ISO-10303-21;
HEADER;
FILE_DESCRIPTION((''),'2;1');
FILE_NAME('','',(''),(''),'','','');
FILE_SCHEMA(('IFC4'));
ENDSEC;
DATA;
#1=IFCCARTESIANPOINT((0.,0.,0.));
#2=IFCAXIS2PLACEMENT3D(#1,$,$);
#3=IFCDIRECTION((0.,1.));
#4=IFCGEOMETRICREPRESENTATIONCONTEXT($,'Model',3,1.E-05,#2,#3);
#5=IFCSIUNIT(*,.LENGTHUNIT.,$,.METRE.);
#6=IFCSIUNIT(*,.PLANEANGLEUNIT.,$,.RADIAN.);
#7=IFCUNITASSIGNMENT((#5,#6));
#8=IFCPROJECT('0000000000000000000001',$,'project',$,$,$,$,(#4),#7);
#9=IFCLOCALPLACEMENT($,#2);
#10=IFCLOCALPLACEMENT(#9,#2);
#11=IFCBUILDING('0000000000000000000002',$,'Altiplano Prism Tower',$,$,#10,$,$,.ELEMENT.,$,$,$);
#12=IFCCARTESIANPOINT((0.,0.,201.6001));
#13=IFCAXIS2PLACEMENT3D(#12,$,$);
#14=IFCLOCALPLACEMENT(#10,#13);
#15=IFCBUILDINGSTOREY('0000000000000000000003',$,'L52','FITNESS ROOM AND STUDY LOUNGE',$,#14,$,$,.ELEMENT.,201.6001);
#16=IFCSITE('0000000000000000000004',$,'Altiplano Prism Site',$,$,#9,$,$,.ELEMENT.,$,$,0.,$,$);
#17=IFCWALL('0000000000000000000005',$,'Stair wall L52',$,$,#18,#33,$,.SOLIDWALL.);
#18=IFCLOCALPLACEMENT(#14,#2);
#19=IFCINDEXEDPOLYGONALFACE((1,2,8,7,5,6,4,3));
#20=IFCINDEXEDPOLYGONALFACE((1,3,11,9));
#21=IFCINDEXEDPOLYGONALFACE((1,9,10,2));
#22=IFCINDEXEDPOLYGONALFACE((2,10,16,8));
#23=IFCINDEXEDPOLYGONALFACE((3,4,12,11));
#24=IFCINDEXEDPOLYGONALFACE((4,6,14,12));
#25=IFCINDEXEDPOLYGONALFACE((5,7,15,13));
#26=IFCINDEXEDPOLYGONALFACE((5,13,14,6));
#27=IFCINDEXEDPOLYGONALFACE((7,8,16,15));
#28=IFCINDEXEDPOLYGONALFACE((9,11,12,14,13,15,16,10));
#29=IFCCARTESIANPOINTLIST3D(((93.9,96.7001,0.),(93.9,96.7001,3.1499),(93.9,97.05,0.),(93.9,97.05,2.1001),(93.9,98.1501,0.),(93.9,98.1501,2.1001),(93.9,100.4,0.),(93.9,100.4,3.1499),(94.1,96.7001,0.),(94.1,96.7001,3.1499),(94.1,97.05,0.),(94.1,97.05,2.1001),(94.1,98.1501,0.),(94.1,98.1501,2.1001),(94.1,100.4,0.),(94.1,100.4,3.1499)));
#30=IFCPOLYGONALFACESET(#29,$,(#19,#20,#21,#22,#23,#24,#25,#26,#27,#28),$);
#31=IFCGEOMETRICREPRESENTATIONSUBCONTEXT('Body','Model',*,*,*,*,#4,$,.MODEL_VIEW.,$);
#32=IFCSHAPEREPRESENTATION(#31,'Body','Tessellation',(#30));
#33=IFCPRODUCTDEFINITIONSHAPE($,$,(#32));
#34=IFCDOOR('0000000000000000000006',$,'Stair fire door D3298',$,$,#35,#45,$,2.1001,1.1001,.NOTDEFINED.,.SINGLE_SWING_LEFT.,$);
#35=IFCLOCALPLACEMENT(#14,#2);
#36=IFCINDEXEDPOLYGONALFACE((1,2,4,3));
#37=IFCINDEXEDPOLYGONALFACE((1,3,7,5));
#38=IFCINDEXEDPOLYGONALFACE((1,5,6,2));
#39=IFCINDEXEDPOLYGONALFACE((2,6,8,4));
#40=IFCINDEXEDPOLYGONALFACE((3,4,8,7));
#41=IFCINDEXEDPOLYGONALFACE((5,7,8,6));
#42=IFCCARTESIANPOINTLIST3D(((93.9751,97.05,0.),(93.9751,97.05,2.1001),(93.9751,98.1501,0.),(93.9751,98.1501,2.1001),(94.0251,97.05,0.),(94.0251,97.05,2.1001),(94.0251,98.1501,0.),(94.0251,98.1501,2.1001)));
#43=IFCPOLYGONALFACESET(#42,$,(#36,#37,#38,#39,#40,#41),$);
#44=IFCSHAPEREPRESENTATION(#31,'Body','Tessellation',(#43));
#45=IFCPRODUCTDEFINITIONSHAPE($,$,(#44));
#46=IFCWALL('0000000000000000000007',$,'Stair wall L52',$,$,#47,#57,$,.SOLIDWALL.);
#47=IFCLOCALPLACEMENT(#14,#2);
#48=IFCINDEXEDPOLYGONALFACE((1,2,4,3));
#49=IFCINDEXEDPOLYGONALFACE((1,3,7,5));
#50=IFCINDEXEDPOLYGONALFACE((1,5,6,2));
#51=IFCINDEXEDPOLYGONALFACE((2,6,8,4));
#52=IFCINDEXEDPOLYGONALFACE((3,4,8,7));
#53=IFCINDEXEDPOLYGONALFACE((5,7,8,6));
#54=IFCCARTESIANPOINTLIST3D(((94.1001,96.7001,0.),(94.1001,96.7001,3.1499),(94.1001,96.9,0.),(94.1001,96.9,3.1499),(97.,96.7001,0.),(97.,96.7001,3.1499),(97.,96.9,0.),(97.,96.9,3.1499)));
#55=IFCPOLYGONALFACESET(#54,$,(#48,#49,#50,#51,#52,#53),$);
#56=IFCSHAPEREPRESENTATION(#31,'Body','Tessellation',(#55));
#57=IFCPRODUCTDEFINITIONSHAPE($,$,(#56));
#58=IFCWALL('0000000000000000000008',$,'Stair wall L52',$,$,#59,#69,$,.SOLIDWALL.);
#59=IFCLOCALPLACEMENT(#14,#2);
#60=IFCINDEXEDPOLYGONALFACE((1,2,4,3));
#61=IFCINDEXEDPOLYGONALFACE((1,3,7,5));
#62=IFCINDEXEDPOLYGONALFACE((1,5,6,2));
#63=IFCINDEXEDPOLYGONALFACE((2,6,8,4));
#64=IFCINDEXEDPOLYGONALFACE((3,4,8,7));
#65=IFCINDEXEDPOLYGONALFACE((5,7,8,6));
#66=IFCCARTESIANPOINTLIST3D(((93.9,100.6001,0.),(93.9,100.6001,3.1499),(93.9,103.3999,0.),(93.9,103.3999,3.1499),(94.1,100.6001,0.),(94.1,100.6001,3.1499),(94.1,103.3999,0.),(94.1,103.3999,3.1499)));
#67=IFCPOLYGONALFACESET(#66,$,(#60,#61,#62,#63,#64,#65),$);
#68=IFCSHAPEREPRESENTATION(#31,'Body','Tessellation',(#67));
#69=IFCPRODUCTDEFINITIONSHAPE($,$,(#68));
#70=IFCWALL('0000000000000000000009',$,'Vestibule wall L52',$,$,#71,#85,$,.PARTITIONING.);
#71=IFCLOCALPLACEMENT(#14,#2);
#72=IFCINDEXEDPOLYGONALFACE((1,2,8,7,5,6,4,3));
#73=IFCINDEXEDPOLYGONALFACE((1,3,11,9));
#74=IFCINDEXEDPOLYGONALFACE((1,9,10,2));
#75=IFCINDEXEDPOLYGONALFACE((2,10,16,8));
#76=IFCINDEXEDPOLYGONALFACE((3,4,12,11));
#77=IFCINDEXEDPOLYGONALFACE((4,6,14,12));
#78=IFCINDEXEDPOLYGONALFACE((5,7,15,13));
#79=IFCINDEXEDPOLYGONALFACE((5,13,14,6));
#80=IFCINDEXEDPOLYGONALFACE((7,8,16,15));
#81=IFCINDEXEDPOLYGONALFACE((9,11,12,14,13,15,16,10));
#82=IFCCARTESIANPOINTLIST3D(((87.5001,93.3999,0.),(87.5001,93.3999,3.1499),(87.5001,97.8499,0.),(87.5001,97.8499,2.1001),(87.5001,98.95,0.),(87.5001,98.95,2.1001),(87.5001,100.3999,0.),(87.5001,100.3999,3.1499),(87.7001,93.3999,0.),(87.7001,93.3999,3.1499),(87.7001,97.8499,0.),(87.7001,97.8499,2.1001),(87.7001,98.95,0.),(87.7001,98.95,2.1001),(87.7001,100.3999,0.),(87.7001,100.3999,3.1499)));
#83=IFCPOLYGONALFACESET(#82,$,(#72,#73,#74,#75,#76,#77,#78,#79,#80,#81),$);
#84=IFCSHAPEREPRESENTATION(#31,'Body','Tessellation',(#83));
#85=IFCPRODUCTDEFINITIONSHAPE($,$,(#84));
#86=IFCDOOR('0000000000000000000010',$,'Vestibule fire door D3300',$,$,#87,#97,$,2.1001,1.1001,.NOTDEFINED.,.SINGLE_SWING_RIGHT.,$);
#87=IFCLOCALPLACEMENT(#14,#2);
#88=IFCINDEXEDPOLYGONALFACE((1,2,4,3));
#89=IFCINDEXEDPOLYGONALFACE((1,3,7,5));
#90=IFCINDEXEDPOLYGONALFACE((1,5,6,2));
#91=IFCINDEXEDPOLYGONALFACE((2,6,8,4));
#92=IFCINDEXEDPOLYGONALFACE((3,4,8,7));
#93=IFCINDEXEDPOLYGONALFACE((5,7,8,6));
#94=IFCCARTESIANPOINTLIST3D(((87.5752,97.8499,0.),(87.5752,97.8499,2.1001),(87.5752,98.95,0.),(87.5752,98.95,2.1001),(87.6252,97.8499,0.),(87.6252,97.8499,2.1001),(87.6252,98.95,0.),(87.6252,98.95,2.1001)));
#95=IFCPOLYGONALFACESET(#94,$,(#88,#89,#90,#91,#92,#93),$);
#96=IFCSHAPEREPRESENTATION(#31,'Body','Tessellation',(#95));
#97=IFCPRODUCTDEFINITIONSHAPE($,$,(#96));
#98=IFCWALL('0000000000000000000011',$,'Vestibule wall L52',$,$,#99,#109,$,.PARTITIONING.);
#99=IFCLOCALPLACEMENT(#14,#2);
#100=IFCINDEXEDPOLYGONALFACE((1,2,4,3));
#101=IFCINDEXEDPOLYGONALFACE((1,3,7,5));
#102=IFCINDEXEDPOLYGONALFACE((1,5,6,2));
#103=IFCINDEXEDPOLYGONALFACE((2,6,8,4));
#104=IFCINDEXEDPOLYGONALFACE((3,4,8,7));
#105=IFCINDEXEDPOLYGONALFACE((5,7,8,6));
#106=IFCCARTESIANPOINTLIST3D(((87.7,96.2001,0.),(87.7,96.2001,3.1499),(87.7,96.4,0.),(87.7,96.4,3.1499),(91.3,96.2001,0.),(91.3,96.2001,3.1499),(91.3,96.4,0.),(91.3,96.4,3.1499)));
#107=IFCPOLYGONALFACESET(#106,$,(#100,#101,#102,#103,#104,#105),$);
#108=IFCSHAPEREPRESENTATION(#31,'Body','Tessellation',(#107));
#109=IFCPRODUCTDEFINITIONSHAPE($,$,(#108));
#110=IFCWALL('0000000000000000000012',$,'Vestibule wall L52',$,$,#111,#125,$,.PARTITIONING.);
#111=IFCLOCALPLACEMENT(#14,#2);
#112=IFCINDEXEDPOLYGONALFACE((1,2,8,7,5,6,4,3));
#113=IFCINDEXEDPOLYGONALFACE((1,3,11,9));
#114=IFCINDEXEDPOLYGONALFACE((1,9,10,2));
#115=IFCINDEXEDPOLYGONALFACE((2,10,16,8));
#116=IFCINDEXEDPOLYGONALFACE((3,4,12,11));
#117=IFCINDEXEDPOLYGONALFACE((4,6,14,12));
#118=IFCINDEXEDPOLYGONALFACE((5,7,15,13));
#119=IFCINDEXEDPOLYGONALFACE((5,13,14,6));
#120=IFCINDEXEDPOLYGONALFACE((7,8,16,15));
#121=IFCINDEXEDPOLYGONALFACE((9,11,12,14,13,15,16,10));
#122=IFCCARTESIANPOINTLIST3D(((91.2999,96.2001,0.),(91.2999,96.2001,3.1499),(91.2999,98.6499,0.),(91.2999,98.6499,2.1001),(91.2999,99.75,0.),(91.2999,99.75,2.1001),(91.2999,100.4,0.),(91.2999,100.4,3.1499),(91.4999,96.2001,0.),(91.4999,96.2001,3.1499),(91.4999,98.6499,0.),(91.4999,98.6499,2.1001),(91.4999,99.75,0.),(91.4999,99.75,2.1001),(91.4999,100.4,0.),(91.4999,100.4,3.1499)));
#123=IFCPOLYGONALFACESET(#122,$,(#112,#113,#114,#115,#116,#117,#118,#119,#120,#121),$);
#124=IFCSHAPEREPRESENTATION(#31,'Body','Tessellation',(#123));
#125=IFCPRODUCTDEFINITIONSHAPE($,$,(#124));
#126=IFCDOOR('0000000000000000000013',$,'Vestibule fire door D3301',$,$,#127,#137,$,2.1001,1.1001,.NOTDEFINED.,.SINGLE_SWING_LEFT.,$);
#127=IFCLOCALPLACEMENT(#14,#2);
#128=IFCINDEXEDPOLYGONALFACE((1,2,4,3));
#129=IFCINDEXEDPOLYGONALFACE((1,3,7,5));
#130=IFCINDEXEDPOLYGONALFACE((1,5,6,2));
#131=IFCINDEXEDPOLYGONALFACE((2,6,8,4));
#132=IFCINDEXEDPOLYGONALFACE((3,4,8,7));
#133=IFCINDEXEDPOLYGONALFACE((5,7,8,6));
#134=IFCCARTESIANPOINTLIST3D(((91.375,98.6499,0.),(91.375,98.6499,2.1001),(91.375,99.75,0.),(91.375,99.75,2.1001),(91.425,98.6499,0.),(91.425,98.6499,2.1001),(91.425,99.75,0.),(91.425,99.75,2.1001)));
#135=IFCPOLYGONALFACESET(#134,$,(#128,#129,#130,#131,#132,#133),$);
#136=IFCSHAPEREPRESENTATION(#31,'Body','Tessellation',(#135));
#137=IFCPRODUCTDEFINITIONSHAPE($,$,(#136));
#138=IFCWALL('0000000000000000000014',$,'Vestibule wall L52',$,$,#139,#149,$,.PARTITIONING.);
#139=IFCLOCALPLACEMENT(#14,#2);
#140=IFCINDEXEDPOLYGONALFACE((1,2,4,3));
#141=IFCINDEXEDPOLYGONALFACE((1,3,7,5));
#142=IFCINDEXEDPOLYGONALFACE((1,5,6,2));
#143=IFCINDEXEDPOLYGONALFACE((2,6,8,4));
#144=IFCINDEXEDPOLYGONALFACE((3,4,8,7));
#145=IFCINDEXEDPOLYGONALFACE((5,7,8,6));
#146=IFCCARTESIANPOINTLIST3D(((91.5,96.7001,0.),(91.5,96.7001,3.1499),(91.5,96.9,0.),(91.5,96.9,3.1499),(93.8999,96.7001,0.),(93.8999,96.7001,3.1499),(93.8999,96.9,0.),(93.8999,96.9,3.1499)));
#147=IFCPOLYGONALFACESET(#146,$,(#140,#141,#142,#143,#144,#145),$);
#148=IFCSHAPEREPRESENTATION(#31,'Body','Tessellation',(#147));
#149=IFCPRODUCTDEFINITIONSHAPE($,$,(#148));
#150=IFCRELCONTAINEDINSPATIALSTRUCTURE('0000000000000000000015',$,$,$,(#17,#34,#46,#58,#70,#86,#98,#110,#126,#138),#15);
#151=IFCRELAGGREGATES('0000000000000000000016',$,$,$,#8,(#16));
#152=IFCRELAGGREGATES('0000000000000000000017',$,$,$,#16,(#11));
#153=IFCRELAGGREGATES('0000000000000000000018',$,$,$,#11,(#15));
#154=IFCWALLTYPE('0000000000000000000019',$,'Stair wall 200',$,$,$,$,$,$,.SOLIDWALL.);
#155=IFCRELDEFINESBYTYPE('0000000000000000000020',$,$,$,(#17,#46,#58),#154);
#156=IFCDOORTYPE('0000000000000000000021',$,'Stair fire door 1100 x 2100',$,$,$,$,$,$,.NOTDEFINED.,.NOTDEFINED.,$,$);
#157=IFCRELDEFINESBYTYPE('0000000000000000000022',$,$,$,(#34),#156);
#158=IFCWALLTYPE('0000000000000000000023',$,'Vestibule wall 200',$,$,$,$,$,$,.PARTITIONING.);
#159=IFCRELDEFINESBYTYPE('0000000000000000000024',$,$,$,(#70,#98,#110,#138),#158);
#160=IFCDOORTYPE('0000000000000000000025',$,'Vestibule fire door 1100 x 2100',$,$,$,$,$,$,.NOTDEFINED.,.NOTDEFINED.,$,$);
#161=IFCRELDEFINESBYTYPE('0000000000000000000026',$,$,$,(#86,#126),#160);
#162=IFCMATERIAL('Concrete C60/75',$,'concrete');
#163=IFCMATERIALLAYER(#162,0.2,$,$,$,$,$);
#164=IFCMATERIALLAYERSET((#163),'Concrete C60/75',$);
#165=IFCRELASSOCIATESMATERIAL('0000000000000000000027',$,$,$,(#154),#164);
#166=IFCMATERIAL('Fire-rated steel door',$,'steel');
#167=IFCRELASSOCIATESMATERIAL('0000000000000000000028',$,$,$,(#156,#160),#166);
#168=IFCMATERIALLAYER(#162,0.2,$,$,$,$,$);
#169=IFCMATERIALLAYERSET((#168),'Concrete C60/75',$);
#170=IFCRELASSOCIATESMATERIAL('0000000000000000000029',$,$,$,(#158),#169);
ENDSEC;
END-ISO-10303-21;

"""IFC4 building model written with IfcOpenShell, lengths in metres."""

from ifc_helpers import new_model, si_unit, direction, frame, frame_2d, origin, place, context, subcontext, project, spatial, rectangle, extrude, material, layer, layer_set, type_object, element, fill, save


model = new_model("IFC4")

# Units and contexts
model_context = context("Model", 3, precision=1e-05, world=origin(), true_north=direction((0.0, 1.0)))
body_context = subcontext(model_context, "Body", "Model", "MODEL_VIEW")
ifc_project = project(units=[si_unit("LENGTHUNIT", "METRE"), si_unit("PLANEANGLEUNIT", "RADIAN")], contexts=[model_context])

# Site, building, storey
site_placement = place(None, origin())
site = spatial("IfcSite", under=ifc_project, at=site_placement, Name="Altiplano Prism Site", CompositionType="ELEMENT", RefElevation=0.0)
building_placement = place(site_placement, origin())
building = spatial("IfcBuilding", under=site, at=building_placement, Name="Altiplano Prism Tower", CompositionType="ELEMENT")
storey_placement = place(building_placement, frame((0.0, 0.0, 201.6001)))
storey = spatial("IfcBuildingStorey", under=building, at=storey_placement, Name="L52", Description="FITNESS ROOM AND STUDY LOUNGE", CompositionType="ELEMENT", Elevation=201.6001)

# Shared definitions
ifc_material_1 = material(Name="Concrete C60/75", Category="concrete")

# Wall, opening, door
ifc_layer_1 = layer(ifc_material_1, 0.2)
ifc_layer_set_1 = layer_set([ifc_layer_1], Name="Concrete C60/75")
wall_type_1 = type_object("IfcWallType", Name="Stair wall 200", PredefinedType="SOLIDWALL", material=ifc_layer_set_1)
wall_1_placement = place(storey_placement, frame((94.0, 96.7, 0.0), z_axis=(0.0, 0.0, 1.0), x_axis=(0.0, 1.0, 0.0)))
wall_1 = element("IfcWall", 1, at=wall_1_placement, inside=storey, type_object=wall_type_1, Name="Stair wall L52", PredefinedType="SOLIDWALL", context=body_context, shape_type="SweptSolid", body=[
    extrude(rectangle(XDim=3.7, YDim=0.2, at=frame_2d((1.8501, 0.0))), origin(), (0.0, 0.0, 1.0), 3.1499),
])
opening_1_placement = place(wall_1_placement, frame((0.3501, 0.0, 0.0)))
opening_1 = element("IfcOpeningElement", 2, at=opening_1_placement, cuts=wall_1, PredefinedType="OPENING", context=body_context, shape_type="SweptSolid", body=[
    extrude(rectangle(XDim=1.1001, YDim=2.1001, at=frame_2d((0.55, 1.05))), frame((0.0, 0.1104, 0.0), z_axis=(0.0, -1.0, 0.0), x_axis=(1.0, 0.0, 0.0)), (0.0, 0.0, 1.0), 0.2209),
])
ifc_material_2 = material(Name="Fire-rated steel door", Category="steel")
door_type_1 = type_object("IfcDoorType", Name="Stair fire door 1100 x 2100", OperationType="NOTDEFINED", PredefinedType="NOTDEFINED", material=ifc_material_2)
door_1_placement = place(opening_1_placement, origin())
door_1 = element("IfcDoor", 3, at=door_1_placement, inside=storey, type_object=door_type_1, Name="Stair fire door D3298", OperationType="SINGLE_SWING_LEFT", OverallHeight=2.1001, OverallWidth=1.1001, PredefinedType="NOTDEFINED", context=body_context, shape_type="SweptSolid", body=[
    extrude(rectangle(XDim=1.1001, YDim=2.1001, at=frame_2d((0.55, 1.05))), frame((0.0, 0.0249, 0.0), z_axis=(0.0, -1.0, 0.0), x_axis=(1.0, 0.0, 0.0)), (0.0, 0.0, 1.0), 0.05),
])
fill(opening_1, door_1)

# Walls
wall_2_placement = place(storey_placement, frame((94.1001, 96.8, 0.0), z_axis=(0.0, 0.0, 1.0), x_axis=(1.0, 0.0, 0.0)))
element("IfcWall", 4, at=wall_2_placement, inside=storey, type_object=wall_type_1, Name="Stair wall L52", PredefinedType="SOLIDWALL", context=body_context, shape_type="SweptSolid", body=[
    extrude(rectangle(XDim=2.8999, YDim=0.2, at=frame_2d((1.45, 0.0))), origin(), (0.0, 0.0, 1.0), 3.1499),
])
wall_3_placement = place(storey_placement, frame((94.0, 100.6001, 0.0), z_axis=(0.0, 0.0, 1.0), x_axis=(0.0, 1.0, 0.0)))
element("IfcWall", 5, at=wall_3_placement, inside=storey, type_object=wall_type_1, Name="Stair wall L52", PredefinedType="SOLIDWALL", context=body_context, shape_type="SweptSolid", body=[
    extrude(rectangle(XDim=2.7998, YDim=0.2, at=frame_2d((1.3999, 0.0))), origin(), (0.0, 0.0, 1.0), 3.1499),
])

# Wall, opening, door
ifc_layer_2 = layer(ifc_material_1, 0.2)
ifc_layer_set_2 = layer_set([ifc_layer_2], Name="Concrete C60/75")
wall_type_2 = type_object("IfcWallType", Name="Vestibule wall 200", PredefinedType="PARTITIONING", material=ifc_layer_set_2)
wall_4_placement = place(storey_placement, frame((87.6001, 93.3999, 0.0), z_axis=(0.0, 0.0, 1.0), x_axis=(0.0, 1.0, 0.0)))
wall_4 = element("IfcWall", 6, at=wall_4_placement, inside=storey, type_object=wall_type_2, Name="Vestibule wall L52", PredefinedType="PARTITIONING", context=body_context, shape_type="SweptSolid", body=[
    extrude(rectangle(XDim=7.0, YDim=0.2, at=frame_2d((3.5, 0.0))), origin(), (0.0, 0.0, 1.0), 3.1499),
])
opening_2_placement = place(wall_4_placement, frame((4.45, 0.0, 0.0)))
opening_2 = element("IfcOpeningElement", 7, at=opening_2_placement, cuts=wall_4, PredefinedType="OPENING", context=body_context, shape_type="SweptSolid", body=[
    extrude(rectangle(XDim=1.1001, YDim=2.1001, at=frame_2d((0.55, 1.05))), frame((0.0, 0.1104, 0.0), z_axis=(0.0, -1.0, 0.0), x_axis=(1.0, 0.0, 0.0)), (0.0, 0.0, 1.0), 0.2209),
])
door_type_2 = type_object("IfcDoorType", Name="Vestibule fire door 1100 x 2100", OperationType="NOTDEFINED", PredefinedType="NOTDEFINED", material=ifc_material_2)
door_2_placement = place(opening_2_placement, origin())
door_2 = element("IfcDoor", 8, at=door_2_placement, inside=storey, type_object=door_type_2, Name="Vestibule fire door D3300", OperationType="SINGLE_SWING_RIGHT", OverallHeight=2.1001, OverallWidth=1.1001, PredefinedType="NOTDEFINED", context=body_context, shape_type="SweptSolid", body=[
    extrude(rectangle(XDim=1.1001, YDim=2.1001, at=frame_2d((0.55, 1.05))), frame((0.0, 0.0249, 0.0), z_axis=(0.0, -1.0, 0.0), x_axis=(1.0, 0.0, 0.0)), (0.0, 0.0, 1.0), 0.05),
])
fill(opening_2, door_2)

# Wall
wall_5_placement = place(storey_placement, frame((87.7, 96.3, 0.0), z_axis=(0.0, 0.0, 1.0), x_axis=(1.0, 0.0, 0.0)))
element("IfcWall", 9, at=wall_5_placement, inside=storey, type_object=wall_type_2, Name="Vestibule wall L52", PredefinedType="PARTITIONING", context=body_context, shape_type="SweptSolid", body=[
    extrude(rectangle(XDim=3.6001, YDim=0.2, at=frame_2d((1.8, 0.0))), origin(), (0.0, 0.0, 1.0), 3.1499),
])

# Wall, opening, door
wall_6_placement = place(storey_placement, frame((91.3999, 96.2, 0.0), z_axis=(0.0, 0.0, 1.0), x_axis=(0.0, 1.0, 0.0)))
wall_6 = element("IfcWall", 10, at=wall_6_placement, inside=storey, type_object=wall_type_2, Name="Vestibule wall L52", PredefinedType="PARTITIONING", context=body_context, shape_type="SweptSolid", body=[
    extrude(rectangle(XDim=4.2, YDim=0.2, at=frame_2d((2.1001, 0.0))), origin(), (0.0, 0.0, 1.0), 3.1499),
])
opening_3_placement = place(wall_6_placement, frame((2.45, 0.0, 0.0)))
opening_3 = element("IfcOpeningElement", 11, at=opening_3_placement, cuts=wall_6, PredefinedType="OPENING", context=body_context, shape_type="SweptSolid", body=[
    extrude(rectangle(XDim=1.1001, YDim=2.1001, at=frame_2d((0.55, 1.05))), frame((0.0, 0.1104, 0.0), z_axis=(0.0, -1.0, 0.0), x_axis=(1.0, 0.0, 0.0)), (0.0, 0.0, 1.0), 0.2209),
])
door_3_placement = place(opening_3_placement, origin())
door_3 = element("IfcDoor", 12, at=door_3_placement, inside=storey, type_object=door_type_2, Name="Vestibule fire door D3301", OperationType="SINGLE_SWING_LEFT", OverallHeight=2.1001, OverallWidth=1.1001, PredefinedType="NOTDEFINED", context=body_context, shape_type="SweptSolid", body=[
    extrude(rectangle(XDim=1.1001, YDim=2.1001, at=frame_2d((0.55, 1.05))), frame((0.0, 0.0249, 0.0), z_axis=(0.0, -1.0, 0.0), x_axis=(1.0, 0.0, 0.0)), (0.0, 0.0, 1.0), 0.05),
])
fill(opening_3, door_3)

# Wall
wall_7_placement = place(storey_placement, frame((91.5, 96.8, 0.0), z_axis=(0.0, 0.0, 1.0), x_axis=(1.0, 0.0, 0.0)))
element("IfcWall", 13, at=wall_7_placement, inside=storey, type_object=wall_type_2, Name="Vestibule wall L52", PredefinedType="PARTITIONING", context=body_context, shape_type="SweptSolid", body=[
    extrude(rectangle(XDim=2.3999, YDim=0.2, at=frame_2d((1.2, 0.0))), origin(), (0.0, 0.0, 1.0), 3.1499),
])

save(model, "model.ifc")
